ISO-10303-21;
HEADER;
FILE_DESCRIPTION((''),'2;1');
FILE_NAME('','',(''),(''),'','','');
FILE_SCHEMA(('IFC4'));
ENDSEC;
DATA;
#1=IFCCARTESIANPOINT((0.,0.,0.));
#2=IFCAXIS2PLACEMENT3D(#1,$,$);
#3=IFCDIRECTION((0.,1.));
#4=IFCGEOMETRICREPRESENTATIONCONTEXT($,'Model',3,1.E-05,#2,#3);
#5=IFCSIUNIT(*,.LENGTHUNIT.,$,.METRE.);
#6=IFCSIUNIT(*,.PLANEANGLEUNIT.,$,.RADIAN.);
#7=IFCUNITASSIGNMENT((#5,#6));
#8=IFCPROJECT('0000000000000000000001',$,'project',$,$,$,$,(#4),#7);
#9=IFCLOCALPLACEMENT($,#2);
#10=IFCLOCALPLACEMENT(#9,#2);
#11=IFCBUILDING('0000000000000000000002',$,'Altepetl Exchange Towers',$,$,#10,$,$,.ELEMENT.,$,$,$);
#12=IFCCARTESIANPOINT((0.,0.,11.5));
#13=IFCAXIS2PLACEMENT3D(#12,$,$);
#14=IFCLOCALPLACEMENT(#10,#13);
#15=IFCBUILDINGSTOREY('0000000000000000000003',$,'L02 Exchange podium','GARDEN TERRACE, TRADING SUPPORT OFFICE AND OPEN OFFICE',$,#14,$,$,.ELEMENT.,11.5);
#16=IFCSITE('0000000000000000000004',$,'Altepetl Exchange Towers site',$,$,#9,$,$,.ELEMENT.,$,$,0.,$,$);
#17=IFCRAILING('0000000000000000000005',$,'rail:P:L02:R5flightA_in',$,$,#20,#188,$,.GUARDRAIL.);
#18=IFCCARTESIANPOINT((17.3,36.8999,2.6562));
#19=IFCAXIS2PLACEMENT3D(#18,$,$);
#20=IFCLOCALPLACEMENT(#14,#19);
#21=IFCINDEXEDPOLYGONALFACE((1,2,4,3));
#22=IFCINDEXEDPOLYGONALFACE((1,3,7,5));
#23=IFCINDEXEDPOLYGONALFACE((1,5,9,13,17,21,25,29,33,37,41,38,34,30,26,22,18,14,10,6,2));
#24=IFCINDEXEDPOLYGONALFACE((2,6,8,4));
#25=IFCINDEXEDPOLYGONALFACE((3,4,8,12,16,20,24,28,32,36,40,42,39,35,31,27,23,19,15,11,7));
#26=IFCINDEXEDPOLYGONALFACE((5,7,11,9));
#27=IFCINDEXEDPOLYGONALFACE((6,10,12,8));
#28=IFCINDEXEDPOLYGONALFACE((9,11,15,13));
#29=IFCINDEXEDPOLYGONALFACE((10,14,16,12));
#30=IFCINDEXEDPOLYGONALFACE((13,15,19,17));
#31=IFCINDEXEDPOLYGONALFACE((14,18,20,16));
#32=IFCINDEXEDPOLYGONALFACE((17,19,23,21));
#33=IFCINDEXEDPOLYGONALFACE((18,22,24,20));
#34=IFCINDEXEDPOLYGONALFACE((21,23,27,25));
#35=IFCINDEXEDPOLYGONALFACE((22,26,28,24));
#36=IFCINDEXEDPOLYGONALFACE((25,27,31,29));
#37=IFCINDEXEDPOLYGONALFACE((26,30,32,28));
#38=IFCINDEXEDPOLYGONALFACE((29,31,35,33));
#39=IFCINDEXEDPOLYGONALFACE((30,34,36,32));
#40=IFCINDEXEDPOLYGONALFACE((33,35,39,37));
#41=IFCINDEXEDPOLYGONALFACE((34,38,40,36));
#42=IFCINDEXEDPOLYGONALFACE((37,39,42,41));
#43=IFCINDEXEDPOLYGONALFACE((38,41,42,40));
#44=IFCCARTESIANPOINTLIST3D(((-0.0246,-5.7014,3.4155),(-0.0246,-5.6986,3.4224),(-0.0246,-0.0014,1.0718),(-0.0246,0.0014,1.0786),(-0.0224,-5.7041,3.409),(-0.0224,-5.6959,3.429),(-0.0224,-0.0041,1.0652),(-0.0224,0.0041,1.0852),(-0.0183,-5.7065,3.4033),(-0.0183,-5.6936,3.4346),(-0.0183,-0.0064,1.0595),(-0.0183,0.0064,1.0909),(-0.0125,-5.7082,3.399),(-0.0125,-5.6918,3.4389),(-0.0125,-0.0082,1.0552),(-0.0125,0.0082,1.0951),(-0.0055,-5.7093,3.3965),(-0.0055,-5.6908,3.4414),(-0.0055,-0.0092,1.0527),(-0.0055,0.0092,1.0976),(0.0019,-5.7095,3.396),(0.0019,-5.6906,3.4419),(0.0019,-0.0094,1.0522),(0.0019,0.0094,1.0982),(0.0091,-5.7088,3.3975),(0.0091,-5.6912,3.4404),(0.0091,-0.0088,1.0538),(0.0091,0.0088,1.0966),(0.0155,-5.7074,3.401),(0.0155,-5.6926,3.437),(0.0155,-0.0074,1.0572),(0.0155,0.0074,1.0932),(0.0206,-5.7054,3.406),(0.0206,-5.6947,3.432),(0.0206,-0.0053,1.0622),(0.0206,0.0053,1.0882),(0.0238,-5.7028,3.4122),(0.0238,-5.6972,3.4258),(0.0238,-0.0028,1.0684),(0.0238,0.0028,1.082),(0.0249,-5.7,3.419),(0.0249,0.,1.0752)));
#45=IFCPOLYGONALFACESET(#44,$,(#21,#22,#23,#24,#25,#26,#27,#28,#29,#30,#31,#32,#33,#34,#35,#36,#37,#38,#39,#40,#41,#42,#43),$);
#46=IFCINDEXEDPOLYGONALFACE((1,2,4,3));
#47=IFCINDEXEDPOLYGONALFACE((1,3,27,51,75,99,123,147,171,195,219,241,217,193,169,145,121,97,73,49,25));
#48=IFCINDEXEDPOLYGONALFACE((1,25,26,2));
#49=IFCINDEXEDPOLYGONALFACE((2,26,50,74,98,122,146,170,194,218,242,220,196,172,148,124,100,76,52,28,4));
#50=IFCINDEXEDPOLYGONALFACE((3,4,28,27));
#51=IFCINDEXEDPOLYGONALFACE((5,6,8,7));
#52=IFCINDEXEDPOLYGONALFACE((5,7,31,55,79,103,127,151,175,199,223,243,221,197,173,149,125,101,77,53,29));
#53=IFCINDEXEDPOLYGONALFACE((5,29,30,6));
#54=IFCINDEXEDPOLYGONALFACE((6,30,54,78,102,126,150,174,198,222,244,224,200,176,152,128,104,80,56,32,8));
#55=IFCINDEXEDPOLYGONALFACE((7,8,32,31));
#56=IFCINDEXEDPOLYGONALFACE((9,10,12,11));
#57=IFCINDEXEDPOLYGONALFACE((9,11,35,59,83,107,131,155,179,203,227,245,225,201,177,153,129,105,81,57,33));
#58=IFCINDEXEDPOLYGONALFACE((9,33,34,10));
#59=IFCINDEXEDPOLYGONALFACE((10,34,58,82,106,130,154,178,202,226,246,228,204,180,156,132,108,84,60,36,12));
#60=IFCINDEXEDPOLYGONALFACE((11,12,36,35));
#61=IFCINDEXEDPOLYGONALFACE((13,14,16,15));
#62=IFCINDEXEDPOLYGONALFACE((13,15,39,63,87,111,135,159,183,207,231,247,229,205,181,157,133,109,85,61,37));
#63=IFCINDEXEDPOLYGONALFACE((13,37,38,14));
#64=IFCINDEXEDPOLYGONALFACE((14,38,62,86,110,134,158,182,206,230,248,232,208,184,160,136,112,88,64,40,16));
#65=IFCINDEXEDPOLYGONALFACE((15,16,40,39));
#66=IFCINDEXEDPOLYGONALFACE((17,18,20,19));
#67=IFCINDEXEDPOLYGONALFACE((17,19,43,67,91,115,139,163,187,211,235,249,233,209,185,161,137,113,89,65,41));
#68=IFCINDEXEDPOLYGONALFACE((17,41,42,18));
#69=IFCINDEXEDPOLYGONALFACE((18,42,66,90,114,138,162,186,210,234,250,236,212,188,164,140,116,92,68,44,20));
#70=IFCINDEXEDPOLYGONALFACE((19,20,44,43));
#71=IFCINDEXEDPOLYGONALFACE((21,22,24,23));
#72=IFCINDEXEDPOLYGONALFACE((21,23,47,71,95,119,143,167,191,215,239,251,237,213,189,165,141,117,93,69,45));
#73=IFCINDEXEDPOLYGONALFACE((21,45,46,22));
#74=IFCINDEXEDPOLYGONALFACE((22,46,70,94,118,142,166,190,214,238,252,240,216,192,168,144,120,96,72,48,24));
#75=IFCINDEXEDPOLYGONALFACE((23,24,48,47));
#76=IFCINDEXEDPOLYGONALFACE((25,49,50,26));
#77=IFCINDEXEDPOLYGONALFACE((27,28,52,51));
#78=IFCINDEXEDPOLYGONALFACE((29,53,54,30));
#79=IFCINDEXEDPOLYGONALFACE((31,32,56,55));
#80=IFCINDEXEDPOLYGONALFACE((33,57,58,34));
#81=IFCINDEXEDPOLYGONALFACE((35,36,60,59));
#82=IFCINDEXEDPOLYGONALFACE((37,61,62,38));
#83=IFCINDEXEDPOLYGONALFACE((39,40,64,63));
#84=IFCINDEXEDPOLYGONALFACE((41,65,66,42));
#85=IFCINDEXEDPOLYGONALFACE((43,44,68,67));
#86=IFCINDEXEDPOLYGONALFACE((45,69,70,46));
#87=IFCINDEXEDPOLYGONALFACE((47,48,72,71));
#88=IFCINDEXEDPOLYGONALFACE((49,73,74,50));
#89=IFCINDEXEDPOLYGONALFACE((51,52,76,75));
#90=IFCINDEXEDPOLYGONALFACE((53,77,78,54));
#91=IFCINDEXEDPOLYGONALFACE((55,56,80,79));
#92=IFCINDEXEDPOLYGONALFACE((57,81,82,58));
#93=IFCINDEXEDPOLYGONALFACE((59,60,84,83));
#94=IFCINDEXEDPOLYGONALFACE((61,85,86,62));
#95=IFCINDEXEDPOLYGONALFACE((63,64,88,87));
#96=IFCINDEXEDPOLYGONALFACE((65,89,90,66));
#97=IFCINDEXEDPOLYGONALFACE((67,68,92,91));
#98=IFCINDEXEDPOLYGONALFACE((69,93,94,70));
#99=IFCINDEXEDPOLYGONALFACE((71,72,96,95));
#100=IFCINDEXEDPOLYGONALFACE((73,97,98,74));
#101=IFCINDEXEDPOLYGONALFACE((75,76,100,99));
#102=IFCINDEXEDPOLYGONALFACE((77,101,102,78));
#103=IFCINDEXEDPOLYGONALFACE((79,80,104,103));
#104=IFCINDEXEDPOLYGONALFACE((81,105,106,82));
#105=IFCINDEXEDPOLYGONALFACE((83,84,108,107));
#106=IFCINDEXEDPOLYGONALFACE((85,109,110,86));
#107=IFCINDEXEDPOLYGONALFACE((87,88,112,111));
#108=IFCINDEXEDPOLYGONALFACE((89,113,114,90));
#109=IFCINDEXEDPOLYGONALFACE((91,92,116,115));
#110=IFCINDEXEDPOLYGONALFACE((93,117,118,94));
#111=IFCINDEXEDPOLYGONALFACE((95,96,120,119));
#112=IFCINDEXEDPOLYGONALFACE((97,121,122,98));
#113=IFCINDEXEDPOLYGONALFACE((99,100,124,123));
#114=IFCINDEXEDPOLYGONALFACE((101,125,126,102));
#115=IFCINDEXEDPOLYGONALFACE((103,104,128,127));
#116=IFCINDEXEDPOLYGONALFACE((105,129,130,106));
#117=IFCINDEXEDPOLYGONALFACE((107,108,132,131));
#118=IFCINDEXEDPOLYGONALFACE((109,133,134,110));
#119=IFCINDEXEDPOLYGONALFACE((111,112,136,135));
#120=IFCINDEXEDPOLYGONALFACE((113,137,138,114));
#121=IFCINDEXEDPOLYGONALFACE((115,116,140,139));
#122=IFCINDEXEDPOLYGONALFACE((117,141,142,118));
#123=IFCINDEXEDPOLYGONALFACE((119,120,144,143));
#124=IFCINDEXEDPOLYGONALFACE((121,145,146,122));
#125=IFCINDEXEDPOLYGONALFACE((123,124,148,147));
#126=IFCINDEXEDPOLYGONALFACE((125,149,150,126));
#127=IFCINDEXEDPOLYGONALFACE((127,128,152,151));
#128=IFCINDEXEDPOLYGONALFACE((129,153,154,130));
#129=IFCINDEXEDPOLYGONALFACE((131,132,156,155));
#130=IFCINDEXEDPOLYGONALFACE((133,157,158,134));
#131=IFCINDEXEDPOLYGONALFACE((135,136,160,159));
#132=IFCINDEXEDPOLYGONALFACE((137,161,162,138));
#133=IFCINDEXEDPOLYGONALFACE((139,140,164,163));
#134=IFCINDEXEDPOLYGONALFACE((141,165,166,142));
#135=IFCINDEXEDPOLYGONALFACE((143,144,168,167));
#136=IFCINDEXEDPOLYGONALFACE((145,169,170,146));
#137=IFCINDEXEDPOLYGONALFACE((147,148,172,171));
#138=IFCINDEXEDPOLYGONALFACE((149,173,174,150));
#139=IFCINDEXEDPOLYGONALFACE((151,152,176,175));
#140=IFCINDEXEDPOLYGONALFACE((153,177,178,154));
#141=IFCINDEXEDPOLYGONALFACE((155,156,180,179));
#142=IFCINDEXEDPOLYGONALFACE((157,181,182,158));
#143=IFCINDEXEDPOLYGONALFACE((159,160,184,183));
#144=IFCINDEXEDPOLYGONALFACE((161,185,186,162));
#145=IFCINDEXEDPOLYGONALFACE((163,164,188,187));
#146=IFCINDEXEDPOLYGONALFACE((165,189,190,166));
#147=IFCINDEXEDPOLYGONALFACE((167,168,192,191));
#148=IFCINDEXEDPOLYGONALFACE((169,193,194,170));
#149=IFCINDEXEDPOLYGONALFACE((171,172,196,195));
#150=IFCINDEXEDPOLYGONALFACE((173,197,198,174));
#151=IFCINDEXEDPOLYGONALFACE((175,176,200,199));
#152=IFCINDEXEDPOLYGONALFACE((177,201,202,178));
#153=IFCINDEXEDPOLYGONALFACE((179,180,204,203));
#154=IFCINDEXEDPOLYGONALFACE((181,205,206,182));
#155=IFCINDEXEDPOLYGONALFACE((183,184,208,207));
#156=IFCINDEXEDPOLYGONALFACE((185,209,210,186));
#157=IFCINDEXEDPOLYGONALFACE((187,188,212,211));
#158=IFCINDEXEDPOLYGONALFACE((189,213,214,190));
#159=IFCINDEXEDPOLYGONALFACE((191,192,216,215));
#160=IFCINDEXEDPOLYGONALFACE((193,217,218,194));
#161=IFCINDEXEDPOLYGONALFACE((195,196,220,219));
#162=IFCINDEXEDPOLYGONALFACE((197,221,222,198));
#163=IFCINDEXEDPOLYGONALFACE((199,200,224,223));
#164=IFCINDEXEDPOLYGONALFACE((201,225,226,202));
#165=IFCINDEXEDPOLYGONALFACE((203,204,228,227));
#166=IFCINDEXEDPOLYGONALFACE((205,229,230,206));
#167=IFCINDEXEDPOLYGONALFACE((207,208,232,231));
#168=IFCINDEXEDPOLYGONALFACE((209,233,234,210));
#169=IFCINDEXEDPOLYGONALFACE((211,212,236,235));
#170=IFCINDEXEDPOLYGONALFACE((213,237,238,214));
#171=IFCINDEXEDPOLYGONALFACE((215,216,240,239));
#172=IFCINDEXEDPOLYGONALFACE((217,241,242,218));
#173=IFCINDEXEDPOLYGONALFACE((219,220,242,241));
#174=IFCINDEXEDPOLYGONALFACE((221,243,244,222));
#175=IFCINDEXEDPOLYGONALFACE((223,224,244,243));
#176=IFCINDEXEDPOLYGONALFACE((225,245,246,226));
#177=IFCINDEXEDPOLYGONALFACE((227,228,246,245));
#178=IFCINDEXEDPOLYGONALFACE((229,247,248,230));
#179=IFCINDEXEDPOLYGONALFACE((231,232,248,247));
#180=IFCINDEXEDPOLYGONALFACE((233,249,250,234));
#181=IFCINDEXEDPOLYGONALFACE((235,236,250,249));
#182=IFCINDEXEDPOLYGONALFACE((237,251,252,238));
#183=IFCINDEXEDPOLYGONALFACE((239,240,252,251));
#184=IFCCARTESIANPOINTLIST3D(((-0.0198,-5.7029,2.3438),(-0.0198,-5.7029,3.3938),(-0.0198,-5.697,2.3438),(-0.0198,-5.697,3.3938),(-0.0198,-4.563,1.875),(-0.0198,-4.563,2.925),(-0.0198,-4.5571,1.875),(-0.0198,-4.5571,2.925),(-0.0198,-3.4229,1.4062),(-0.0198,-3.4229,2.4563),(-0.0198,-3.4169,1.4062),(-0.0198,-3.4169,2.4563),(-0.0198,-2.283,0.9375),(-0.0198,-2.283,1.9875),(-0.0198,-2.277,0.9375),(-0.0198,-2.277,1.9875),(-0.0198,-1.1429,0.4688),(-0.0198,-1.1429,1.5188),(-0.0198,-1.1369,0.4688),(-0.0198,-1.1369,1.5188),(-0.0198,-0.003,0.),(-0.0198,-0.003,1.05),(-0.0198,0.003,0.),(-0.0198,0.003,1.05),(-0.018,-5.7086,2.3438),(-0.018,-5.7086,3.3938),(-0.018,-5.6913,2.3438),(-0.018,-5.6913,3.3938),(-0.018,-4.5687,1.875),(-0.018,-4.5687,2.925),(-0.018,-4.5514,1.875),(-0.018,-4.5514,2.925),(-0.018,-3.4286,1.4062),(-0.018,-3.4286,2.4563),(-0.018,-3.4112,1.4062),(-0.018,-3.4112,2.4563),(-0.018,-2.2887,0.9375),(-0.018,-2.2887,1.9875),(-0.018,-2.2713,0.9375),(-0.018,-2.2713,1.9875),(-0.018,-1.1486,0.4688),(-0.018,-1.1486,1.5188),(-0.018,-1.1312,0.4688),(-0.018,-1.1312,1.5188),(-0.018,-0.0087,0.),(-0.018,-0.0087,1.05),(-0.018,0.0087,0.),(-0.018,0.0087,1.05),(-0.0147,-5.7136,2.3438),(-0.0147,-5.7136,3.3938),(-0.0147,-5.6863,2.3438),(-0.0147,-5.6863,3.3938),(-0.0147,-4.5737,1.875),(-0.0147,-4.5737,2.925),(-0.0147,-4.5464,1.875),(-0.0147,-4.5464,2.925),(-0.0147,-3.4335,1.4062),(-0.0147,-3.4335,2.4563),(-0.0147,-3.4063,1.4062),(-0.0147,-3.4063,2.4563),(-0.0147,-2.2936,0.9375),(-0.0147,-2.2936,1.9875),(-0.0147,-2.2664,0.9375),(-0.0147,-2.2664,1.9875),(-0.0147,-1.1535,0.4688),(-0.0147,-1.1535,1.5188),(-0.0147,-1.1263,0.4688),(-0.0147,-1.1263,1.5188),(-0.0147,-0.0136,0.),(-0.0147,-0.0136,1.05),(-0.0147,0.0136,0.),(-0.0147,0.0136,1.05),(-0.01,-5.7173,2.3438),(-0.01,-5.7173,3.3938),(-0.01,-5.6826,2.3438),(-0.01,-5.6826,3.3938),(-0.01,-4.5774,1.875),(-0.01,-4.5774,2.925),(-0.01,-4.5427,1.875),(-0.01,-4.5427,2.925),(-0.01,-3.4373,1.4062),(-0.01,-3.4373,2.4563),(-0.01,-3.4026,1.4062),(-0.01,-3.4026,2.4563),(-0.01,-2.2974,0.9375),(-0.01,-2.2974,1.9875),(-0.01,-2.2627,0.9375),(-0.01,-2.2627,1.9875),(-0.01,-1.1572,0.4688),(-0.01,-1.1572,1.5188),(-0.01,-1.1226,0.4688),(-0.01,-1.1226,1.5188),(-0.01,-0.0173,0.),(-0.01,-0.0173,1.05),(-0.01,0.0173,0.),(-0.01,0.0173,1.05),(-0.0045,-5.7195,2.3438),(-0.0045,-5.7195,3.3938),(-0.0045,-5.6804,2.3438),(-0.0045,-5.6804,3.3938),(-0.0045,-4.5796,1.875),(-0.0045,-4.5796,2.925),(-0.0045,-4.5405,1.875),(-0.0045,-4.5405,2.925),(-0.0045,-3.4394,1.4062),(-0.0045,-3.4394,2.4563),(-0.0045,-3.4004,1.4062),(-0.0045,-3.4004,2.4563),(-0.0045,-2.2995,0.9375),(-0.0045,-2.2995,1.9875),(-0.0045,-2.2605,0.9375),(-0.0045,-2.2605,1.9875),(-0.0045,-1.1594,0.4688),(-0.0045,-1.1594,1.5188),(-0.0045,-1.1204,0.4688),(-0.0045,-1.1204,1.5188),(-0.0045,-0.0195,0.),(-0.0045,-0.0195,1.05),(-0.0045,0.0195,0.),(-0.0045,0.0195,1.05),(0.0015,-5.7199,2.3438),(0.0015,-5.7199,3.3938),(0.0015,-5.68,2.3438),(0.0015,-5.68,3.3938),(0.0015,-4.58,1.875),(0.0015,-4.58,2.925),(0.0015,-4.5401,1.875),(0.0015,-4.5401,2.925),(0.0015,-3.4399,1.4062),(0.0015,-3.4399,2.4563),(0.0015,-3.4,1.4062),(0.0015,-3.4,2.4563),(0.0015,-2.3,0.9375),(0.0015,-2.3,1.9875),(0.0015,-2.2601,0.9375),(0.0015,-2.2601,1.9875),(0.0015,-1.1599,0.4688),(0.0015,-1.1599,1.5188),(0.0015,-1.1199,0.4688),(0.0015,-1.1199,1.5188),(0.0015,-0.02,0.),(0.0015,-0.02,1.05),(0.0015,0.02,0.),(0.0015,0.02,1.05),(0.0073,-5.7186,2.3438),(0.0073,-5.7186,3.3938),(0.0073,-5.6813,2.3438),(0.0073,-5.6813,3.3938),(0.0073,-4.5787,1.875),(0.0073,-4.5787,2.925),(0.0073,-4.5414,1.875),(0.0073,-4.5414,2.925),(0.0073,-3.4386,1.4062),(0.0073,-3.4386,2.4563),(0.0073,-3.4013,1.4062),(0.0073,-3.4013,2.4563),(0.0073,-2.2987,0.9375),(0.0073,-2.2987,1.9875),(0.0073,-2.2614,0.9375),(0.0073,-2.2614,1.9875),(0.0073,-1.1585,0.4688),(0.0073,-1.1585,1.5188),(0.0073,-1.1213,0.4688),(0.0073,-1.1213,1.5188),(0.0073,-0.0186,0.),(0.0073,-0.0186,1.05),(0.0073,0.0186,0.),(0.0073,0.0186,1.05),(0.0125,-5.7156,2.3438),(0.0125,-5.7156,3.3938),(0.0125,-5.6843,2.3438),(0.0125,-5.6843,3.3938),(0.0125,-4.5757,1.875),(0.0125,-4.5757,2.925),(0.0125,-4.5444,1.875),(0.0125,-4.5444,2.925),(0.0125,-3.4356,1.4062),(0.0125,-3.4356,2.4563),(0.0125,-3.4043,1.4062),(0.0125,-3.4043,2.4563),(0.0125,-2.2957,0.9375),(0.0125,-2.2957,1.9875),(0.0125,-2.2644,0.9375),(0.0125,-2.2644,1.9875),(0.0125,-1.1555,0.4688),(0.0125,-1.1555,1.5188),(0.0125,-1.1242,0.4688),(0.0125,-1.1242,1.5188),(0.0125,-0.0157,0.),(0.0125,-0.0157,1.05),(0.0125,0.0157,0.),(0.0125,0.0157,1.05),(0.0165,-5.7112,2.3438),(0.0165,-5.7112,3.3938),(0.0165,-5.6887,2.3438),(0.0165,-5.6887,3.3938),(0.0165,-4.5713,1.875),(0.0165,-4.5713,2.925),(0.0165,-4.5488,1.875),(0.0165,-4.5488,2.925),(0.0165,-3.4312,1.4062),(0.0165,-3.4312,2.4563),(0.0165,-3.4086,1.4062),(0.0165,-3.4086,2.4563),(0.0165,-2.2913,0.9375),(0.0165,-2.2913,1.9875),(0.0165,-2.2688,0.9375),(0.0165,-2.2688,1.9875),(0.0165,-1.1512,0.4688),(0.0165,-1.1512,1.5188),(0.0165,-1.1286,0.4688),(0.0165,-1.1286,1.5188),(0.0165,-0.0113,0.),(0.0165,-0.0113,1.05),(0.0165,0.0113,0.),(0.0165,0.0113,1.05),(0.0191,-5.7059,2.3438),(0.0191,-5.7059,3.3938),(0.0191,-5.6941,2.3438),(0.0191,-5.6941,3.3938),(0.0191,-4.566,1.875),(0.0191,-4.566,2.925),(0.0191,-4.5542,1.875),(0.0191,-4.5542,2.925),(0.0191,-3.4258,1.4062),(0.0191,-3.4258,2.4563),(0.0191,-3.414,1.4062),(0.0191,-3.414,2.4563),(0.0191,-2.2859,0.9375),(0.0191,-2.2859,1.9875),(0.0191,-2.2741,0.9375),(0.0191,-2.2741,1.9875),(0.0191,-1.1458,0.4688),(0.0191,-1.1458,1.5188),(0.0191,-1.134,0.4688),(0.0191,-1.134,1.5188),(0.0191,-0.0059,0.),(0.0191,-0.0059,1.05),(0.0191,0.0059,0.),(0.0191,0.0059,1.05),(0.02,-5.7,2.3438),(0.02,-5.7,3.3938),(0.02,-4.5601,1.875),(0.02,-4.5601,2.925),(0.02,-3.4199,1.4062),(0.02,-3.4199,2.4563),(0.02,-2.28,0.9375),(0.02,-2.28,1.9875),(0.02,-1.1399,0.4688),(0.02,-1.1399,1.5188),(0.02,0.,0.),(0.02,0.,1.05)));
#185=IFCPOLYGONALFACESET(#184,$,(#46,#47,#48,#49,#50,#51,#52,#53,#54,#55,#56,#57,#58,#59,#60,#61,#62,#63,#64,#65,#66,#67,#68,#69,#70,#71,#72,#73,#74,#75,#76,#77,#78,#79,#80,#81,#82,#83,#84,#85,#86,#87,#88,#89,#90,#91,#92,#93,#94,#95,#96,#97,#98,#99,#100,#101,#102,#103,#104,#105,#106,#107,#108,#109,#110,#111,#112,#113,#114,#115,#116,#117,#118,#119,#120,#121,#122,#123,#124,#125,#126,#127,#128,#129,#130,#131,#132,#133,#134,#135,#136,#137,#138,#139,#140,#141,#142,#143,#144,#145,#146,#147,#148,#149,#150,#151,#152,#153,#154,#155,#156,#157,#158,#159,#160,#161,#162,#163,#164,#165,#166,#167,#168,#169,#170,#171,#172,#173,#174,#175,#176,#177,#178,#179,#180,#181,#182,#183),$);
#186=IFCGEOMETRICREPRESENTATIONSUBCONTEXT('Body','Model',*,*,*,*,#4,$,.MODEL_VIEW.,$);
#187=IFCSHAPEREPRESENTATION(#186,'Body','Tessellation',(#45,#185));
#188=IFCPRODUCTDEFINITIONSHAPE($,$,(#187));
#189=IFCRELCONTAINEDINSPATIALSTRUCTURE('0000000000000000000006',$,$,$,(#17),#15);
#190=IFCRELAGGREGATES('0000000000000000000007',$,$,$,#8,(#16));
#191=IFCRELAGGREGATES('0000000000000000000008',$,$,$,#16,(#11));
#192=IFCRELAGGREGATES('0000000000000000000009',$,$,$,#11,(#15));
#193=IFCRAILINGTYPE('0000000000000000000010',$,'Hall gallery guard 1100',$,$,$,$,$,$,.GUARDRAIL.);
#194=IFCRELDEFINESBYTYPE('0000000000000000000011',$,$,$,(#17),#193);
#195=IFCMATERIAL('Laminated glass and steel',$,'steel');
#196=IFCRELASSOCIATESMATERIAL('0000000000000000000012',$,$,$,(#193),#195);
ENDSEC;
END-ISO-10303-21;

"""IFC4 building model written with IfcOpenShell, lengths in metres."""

from ifc_helpers import new_model, si_unit, direction, frame, origin, origin_2d, place, context, subcontext, project, spatial, circle, extrude, source, transform, mapped, material, type_object, element, save


model = new_model("IFC4")

# Units and contexts
model_context = context("Model", 3, precision=1e-05, world=origin(), true_north=direction((0.0, 1.0)))
body_context = subcontext(model_context, "Body", "Model", "MODEL_VIEW")
ifc_project = project(units=[si_unit("LENGTHUNIT", "METRE"), si_unit("PLANEANGLEUNIT", "RADIAN")], contexts=[model_context])

# Site, building, storey
site_placement = place(None, origin())
site = spatial("IfcSite", under=ifc_project, at=site_placement, Name="Altepetl Exchange Towers site", CompositionType="ELEMENT", RefElevation=0.0)
building_placement = place(site_placement, origin())
building = spatial("IfcBuilding", under=site, at=building_placement, Name="Altepetl Exchange Towers", CompositionType="ELEMENT")
storey_placement = place(building_placement, frame((0.0, 0.0, 11.5)))
storey = spatial("IfcBuildingStorey", under=building, at=storey_placement, Name="L02 Exchange podium", Description="GARDEN TERRACE, TRADING SUPPORT OFFICE AND OPEN OFFICE", CompositionType="ELEMENT", Elevation=11.5)

# Railing
ifc_material_1 = material(Name="Laminated glass and steel", Category="steel")
railing_type_1 = type_object("IfcRailingType", Name="Hall gallery guard 1100", PredefinedType="GUARDRAIL", material=ifc_material_1)
shared_shape_1 = source(origin(), body_context, "Body", "SweptSolid", [
    extrude(circle(Radius=0.02, at=origin_2d()), origin(), (0.0, 0.0, 1.0), 1.05),
])
for number, where, name in (
    (1, (17.3, 36.8999, 2.6562), "rail:P:L02:R5flightA_in"),
):
    element("IfcRailing", number, at=place(storey_placement, frame(where)), inside=storey, type_object=railing_type_1, Name=name, PredefinedType="GUARDRAIL", context=body_context, shape_type="SweptSolid", body=[
        extrude(circle(Radius=0.0249, at=origin_2d()), frame((0.0, 0.0, 1.0752), z_axis=(0.0, -0.924866, 0.380293), x_axis=(1.0, 0.0, 0.0)), (0.0, 0.0, 1.0), 6.1631),
        mapped(shared_shape_1, transform((0.0, 0.0, 0.0))),
        mapped(shared_shape_1, transform((0.0, -1.1399, 0.4688))),
        mapped(shared_shape_1, transform((0.0, -2.28, 0.9375))),
        mapped(shared_shape_1, transform((0.0, -3.4199, 1.4062))),
        mapped(shared_shape_1, transform((0.0, -4.5601, 1.875))),
        mapped(shared_shape_1, transform((0.0, -5.7, 2.3438))),
    ])

save(model, "model.ifc")
